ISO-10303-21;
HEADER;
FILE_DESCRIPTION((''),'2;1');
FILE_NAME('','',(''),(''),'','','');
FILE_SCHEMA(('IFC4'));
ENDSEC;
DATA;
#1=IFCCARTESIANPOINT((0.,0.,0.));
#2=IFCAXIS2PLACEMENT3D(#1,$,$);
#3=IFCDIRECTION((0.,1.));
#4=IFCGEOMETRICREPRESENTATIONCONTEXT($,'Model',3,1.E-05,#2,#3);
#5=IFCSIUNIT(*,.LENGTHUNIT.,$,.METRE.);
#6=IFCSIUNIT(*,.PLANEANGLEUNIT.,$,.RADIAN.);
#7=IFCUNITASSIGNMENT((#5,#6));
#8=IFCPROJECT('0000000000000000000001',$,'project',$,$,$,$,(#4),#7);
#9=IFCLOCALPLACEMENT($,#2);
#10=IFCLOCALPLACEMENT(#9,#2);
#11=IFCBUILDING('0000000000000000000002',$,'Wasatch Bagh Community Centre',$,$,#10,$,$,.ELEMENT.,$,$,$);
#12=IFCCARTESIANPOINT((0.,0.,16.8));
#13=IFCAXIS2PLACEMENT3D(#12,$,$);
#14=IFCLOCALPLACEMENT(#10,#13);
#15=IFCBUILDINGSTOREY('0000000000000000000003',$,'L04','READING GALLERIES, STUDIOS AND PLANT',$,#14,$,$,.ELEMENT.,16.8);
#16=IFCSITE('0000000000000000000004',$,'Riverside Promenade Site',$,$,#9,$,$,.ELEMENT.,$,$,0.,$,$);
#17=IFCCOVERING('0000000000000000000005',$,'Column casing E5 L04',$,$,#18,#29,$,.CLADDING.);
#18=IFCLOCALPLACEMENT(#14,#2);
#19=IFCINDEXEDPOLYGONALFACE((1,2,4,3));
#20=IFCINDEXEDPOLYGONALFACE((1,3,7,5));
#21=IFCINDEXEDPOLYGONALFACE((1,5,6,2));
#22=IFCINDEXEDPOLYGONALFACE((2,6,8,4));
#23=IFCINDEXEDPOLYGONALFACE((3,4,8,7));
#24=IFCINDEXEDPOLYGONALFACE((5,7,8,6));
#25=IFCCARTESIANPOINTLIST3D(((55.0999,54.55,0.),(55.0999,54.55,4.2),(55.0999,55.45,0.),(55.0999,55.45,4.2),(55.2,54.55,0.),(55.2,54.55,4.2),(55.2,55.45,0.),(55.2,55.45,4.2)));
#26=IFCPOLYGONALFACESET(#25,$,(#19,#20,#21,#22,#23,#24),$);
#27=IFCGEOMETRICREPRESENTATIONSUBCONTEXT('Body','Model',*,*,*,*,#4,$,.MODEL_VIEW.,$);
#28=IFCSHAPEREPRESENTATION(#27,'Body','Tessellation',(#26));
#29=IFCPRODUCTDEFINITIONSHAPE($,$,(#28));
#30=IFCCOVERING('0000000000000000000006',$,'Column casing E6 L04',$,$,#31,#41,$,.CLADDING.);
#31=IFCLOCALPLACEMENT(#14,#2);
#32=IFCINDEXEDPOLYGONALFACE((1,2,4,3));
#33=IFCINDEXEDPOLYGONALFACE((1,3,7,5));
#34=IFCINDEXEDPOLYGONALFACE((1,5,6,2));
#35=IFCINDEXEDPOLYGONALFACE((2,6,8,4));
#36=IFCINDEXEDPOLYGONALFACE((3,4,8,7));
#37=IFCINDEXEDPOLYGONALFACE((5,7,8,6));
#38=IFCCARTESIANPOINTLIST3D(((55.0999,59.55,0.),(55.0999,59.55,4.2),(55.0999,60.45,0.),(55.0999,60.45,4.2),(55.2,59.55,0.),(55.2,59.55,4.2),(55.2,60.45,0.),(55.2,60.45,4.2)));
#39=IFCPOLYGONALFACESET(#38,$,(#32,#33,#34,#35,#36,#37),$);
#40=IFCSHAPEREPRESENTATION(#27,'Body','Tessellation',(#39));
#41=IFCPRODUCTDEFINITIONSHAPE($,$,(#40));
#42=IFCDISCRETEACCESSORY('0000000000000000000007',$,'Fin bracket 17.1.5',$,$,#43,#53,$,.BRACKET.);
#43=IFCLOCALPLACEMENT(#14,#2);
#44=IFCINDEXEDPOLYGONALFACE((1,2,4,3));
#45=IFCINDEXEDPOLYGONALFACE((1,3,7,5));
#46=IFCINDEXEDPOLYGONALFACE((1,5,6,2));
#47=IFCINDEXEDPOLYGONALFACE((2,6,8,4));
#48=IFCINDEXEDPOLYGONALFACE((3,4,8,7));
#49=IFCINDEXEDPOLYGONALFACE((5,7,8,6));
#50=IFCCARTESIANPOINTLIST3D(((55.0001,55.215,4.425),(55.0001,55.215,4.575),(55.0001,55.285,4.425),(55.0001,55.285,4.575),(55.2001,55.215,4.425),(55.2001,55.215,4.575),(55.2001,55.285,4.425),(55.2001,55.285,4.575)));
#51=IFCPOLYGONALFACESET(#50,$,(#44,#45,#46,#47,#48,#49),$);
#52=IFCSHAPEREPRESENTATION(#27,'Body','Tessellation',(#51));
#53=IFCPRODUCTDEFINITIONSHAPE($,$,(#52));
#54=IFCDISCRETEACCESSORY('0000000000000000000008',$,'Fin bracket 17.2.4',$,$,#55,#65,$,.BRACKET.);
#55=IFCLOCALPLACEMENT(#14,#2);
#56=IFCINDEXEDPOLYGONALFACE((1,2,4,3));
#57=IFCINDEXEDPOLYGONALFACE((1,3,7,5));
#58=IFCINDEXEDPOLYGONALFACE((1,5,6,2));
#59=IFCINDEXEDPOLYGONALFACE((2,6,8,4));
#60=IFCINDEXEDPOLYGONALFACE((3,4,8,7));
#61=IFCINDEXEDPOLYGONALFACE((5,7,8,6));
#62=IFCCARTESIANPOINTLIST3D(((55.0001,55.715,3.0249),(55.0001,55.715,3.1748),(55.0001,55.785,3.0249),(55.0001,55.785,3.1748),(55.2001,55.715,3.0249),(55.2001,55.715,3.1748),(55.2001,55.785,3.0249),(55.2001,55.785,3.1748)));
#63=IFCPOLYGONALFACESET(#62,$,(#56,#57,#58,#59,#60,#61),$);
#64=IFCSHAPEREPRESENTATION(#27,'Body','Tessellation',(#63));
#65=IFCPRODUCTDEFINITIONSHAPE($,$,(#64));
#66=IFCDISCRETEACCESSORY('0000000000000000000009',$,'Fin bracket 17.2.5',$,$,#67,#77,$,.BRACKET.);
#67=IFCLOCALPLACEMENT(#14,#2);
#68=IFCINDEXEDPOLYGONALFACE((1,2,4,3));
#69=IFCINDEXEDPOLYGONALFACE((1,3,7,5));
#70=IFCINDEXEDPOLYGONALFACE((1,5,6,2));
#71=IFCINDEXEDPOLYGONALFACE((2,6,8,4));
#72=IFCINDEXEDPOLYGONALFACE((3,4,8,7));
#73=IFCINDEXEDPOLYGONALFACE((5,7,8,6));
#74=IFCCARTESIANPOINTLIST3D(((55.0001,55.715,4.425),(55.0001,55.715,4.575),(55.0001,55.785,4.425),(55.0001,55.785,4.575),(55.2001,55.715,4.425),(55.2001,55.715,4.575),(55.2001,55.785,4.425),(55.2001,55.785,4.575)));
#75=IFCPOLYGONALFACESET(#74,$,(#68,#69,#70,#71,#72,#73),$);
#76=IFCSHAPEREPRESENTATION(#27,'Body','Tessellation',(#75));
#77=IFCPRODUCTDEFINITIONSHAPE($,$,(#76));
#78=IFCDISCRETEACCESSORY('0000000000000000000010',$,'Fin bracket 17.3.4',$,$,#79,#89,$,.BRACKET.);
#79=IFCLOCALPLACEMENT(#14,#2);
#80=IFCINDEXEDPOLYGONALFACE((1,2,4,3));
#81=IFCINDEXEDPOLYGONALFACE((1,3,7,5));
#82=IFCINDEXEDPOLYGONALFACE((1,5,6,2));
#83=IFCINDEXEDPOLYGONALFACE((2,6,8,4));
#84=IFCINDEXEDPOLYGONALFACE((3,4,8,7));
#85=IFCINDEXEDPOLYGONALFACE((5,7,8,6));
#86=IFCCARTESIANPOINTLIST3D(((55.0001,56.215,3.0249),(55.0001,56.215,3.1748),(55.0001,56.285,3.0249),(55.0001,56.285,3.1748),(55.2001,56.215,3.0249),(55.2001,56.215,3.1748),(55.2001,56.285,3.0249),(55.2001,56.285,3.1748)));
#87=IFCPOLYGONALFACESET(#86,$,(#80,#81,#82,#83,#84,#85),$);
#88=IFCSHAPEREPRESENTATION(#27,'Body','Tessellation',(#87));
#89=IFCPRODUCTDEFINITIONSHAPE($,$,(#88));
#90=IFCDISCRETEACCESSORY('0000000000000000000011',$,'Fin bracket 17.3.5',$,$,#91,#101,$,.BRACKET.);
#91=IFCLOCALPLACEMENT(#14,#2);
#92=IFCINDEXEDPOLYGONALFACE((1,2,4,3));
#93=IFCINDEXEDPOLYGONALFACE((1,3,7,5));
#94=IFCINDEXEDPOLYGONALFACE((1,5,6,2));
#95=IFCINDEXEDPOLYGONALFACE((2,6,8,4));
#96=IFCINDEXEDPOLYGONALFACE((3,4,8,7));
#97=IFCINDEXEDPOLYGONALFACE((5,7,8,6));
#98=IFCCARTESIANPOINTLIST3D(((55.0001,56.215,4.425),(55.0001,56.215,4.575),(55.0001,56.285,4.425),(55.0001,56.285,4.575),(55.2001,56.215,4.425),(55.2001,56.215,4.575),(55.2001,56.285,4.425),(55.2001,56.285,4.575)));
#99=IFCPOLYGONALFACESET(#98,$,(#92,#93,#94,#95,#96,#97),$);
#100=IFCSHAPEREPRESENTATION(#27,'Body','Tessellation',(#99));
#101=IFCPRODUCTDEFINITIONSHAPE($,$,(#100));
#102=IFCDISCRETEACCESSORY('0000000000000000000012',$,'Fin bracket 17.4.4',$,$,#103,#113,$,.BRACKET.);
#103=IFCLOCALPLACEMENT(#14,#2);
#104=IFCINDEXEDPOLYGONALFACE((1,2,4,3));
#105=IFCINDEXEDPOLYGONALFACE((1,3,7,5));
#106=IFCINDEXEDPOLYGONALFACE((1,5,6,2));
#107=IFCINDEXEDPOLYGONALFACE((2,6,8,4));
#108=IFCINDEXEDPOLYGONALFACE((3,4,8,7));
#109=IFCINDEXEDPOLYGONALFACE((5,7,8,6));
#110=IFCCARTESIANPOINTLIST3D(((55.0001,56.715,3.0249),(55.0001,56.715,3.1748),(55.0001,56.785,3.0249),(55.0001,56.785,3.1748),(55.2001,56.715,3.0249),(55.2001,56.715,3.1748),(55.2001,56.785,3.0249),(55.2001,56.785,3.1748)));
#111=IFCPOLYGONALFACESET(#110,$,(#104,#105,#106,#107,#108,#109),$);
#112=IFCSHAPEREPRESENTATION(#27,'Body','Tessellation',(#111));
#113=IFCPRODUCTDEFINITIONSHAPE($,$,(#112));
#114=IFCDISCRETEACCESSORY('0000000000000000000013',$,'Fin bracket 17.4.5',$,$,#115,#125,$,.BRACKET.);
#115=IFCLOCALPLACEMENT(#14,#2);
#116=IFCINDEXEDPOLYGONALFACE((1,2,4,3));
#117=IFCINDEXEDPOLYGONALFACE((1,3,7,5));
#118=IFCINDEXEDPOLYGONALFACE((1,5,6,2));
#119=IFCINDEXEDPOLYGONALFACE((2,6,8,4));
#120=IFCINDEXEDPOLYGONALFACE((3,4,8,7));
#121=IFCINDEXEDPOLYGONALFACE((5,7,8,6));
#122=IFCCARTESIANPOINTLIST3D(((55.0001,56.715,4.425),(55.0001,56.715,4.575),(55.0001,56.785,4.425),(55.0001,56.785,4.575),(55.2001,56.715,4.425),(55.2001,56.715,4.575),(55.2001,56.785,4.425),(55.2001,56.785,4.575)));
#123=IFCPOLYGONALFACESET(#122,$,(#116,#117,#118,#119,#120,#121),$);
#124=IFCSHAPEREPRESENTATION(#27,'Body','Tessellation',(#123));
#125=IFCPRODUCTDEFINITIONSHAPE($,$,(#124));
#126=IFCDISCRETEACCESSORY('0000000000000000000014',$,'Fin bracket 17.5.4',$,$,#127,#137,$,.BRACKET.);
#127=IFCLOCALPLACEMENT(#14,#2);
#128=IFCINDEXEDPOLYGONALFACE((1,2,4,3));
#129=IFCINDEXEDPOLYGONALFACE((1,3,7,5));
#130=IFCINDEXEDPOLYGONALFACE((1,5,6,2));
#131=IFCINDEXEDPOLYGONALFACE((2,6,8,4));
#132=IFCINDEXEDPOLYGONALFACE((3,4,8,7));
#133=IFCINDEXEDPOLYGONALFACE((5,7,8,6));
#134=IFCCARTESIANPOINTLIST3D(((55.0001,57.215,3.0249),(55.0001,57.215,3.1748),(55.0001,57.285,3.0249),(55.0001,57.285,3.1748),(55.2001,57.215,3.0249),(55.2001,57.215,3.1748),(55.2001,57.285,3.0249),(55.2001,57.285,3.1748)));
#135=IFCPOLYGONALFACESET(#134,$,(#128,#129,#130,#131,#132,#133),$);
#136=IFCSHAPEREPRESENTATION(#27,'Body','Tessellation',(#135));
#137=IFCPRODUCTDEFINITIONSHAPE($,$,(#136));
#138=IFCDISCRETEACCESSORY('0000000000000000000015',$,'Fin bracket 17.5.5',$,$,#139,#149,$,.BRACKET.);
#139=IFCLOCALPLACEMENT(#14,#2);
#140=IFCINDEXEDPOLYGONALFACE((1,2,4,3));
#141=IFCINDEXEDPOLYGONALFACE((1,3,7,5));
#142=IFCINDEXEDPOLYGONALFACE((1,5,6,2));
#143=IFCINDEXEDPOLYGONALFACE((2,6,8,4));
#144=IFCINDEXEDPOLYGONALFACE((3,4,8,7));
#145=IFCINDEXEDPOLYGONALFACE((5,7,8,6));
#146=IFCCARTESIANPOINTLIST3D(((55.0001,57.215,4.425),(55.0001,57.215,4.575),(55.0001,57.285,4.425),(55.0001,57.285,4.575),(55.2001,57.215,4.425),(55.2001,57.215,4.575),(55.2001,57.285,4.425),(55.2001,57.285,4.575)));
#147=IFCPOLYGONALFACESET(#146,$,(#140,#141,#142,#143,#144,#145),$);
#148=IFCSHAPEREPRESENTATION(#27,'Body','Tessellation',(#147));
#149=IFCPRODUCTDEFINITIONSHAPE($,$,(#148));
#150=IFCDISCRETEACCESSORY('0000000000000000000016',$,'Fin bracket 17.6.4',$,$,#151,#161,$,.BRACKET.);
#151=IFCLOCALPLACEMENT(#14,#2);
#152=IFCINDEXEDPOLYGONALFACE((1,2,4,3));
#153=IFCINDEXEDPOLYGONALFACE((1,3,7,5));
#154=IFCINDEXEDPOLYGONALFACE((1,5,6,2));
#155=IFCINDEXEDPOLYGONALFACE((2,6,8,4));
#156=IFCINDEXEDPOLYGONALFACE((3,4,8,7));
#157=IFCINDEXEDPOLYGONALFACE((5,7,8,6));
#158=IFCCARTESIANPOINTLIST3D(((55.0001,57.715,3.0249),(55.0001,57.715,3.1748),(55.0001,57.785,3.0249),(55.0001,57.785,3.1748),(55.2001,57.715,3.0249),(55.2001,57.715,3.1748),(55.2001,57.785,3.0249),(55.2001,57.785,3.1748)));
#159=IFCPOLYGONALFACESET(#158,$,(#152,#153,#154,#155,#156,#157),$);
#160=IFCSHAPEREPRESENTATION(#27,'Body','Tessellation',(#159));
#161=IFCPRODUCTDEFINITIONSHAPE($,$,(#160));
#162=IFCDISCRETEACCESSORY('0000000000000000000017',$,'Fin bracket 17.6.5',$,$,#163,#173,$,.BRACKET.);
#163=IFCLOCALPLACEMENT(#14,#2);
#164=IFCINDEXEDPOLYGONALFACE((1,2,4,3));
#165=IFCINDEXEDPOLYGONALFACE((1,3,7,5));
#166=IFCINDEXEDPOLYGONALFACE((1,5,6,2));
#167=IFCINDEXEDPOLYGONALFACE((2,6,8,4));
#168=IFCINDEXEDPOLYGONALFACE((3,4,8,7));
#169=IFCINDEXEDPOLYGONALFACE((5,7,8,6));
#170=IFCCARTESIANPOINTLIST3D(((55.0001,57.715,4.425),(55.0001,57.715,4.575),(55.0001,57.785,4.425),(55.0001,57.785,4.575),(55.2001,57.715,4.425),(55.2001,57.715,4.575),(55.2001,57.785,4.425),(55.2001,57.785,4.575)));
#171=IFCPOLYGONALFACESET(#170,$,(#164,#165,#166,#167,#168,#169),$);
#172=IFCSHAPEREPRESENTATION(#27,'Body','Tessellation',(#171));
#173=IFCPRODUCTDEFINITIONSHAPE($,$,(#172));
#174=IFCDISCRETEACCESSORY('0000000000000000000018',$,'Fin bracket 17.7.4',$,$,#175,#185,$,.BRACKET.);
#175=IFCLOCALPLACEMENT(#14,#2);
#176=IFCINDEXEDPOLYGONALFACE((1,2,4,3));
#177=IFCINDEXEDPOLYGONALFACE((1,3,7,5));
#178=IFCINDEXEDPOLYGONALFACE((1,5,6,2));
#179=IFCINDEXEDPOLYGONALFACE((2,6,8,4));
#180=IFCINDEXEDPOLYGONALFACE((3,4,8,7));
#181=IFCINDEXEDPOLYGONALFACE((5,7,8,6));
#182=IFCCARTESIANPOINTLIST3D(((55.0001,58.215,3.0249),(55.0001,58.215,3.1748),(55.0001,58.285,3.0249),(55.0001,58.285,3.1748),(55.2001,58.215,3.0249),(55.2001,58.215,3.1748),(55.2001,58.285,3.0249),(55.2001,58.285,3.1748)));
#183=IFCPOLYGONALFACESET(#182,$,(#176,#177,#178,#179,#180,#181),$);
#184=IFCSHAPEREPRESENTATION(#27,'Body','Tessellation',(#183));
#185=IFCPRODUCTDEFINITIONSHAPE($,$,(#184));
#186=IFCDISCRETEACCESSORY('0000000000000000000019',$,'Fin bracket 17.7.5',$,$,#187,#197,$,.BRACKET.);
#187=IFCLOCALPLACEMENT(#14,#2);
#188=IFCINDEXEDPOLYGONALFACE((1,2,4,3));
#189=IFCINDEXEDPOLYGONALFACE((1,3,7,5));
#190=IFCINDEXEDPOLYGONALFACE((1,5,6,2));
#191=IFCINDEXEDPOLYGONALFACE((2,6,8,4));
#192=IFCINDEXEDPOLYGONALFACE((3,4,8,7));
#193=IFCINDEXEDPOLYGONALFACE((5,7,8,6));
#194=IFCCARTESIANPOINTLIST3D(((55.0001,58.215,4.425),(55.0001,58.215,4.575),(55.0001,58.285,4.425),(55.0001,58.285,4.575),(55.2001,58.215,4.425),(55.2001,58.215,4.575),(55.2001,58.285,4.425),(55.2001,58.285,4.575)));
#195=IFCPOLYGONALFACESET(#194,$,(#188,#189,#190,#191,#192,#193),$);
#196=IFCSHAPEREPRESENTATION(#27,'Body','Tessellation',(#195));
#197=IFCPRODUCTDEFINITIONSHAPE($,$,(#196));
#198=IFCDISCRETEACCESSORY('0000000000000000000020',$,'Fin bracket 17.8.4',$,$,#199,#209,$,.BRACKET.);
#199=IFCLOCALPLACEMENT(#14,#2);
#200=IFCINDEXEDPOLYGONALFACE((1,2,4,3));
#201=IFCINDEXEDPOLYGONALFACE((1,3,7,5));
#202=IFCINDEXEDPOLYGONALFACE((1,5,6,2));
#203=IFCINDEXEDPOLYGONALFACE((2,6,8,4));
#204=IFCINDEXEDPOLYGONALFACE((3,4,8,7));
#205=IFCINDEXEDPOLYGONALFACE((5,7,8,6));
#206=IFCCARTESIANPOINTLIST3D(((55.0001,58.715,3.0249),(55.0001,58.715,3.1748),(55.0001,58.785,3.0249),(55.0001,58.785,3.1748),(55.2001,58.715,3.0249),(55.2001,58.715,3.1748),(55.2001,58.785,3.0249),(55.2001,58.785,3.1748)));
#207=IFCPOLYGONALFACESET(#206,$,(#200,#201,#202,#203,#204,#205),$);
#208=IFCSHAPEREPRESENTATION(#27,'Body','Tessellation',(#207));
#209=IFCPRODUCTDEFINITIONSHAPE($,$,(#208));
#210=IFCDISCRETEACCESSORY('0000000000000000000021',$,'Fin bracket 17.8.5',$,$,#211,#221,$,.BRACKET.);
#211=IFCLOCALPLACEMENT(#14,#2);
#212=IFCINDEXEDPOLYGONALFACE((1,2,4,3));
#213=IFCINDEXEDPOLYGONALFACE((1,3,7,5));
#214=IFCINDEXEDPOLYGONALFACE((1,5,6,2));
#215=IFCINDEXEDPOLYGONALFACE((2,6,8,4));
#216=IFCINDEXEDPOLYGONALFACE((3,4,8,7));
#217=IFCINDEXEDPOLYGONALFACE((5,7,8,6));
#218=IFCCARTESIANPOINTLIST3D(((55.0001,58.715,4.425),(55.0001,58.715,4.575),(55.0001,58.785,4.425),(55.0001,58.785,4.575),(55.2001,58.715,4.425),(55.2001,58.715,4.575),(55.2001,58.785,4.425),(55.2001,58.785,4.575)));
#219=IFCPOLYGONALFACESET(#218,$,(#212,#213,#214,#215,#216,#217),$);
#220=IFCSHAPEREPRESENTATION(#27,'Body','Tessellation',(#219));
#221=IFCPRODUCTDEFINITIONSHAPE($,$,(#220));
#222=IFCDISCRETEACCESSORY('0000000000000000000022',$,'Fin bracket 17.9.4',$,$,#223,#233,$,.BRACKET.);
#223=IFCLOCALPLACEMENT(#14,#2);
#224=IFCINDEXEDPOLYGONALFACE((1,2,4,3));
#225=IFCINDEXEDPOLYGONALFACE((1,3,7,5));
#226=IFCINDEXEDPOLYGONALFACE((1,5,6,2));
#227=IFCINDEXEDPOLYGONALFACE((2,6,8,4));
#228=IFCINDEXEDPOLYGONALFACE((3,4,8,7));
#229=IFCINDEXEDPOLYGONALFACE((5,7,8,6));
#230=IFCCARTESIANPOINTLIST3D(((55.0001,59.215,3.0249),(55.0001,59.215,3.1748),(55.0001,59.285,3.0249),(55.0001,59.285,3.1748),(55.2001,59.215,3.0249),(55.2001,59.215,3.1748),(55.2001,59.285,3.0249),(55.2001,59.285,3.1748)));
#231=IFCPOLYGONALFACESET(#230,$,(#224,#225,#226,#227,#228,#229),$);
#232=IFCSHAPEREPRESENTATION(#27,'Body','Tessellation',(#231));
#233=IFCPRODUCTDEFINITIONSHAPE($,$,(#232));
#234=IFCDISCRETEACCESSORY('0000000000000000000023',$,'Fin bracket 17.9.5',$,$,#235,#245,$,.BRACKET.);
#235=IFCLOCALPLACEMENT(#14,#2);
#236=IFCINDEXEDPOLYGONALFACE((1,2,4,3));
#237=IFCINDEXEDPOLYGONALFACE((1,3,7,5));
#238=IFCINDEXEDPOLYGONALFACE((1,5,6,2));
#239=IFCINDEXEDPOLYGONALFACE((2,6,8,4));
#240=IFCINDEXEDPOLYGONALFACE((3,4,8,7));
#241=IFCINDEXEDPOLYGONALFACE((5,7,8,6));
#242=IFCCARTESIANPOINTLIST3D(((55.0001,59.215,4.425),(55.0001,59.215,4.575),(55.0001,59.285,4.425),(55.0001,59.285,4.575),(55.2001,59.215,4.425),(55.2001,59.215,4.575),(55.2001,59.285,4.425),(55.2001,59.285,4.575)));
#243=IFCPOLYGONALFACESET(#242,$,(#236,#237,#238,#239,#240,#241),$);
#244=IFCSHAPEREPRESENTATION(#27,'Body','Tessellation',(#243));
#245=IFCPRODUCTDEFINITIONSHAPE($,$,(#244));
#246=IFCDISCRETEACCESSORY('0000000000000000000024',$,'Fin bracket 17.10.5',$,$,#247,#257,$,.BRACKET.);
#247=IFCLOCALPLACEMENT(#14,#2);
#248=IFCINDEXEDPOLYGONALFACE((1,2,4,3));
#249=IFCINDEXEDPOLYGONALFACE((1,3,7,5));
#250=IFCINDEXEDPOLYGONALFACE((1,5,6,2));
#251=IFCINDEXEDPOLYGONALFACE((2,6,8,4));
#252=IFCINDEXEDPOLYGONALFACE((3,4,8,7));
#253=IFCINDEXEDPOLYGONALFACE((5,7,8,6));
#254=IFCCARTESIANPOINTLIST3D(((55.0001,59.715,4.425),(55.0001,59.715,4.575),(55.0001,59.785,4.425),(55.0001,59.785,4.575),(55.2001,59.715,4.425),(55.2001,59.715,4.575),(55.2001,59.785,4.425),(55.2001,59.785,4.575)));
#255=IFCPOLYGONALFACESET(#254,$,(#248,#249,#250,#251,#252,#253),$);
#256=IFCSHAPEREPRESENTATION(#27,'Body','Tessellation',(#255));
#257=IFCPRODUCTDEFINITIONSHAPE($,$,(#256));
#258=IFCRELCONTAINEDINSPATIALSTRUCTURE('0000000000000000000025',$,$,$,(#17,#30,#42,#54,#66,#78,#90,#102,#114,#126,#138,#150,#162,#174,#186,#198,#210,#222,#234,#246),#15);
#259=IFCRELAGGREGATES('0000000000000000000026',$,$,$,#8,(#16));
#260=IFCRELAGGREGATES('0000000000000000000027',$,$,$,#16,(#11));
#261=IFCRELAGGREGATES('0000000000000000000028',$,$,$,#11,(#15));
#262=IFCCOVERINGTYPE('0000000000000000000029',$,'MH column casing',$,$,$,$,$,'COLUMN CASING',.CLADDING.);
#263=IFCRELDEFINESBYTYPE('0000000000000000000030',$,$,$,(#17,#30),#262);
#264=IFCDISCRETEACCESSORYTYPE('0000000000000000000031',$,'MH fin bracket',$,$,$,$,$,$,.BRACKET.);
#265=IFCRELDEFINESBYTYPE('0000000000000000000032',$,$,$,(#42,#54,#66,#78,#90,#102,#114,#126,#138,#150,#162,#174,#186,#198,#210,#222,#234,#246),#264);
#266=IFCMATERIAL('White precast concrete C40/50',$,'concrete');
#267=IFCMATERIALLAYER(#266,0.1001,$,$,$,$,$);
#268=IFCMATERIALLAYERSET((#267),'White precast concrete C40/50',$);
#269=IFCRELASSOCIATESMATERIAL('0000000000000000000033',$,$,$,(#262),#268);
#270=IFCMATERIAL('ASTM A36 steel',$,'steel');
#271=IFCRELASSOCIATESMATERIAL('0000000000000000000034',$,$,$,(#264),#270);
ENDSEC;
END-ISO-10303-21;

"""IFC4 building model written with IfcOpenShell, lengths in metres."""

from ifc_helpers import new_model, si_unit, direction, frame, origin, origin_2d, place, context, subcontext, project, spatial, rectangle, extrude, material, layer, layer_set, type_object, element, save


model = new_model("IFC4")

# Units and contexts
model_context = context("Model", 3, precision=1e-05, world=origin(), true_north=direction((0.0, 1.0)))
body_context = subcontext(model_context, "Body", "Model", "MODEL_VIEW")
ifc_project = project(units=[si_unit("LENGTHUNIT", "METRE"), si_unit("PLANEANGLEUNIT", "RADIAN")], contexts=[model_context])

# Site, building, storey
site_placement = place(None, origin())
site = spatial("IfcSite", under=ifc_project, at=site_placement, Name="Riverside Promenade Site", CompositionType="ELEMENT", RefElevation=0.0)
building_placement = place(site_placement, origin())
building = spatial("IfcBuilding", under=site, at=building_placement, Name="Wasatch Bagh Community Centre", CompositionType="ELEMENT")
storey_placement = place(building_placement, frame((0.0, 0.0, 16.8)))
storey = spatial("IfcBuildingStorey", under=building, at=storey_placement, Name="L04", Description="READING GALLERIES, STUDIOS AND PLANT", CompositionType="ELEMENT", Elevation=16.8)

# Coverings
ifc_material_1 = material(Name="White precast concrete C40/50", Category="concrete")
ifc_layer_1 = layer(ifc_material_1, 0.1001)
ifc_layer_set_1 = layer_set([ifc_layer_1], Name="White precast concrete C40/50")
covering_type = type_object("IfcCoveringType", Name="MH column casing", ElementType="COLUMN CASING", PredefinedType="CLADDING", material=ifc_layer_set_1)
for number, where, z_axis, x_axis, name in (
    (1, (55.1499, 55.0, 0.0), (0.0, 0.0, 1.0), (0.0, 1.0, 0.0), "Column casing E5 L04"),
    (2, (55.1499, 60.0, 0.0), (0.0, 0.0, 1.0), (0.0, 1.0, 0.0), "Column casing E6 L04"),
):
    element("IfcCovering", number, at=place(storey_placement, frame(where, z_axis=z_axis, x_axis=x_axis)), inside=storey, type_object=covering_type, Name=name, PredefinedType="CLADDING", context=body_context, shape_type="SweptSolid", body=[
        extrude(rectangle(XDim=0.8999, YDim=0.1001, at=origin_2d()), origin(), (0.0, 0.0, 1.0), 4.2),
    ])

# Discrete accessories
ifc_material_2 = material(Name="ASTM A36 steel", Category="steel")
discrete_accessory_type = type_object("IfcDiscreteAccessoryType", Name="MH fin bracket", PredefinedType="BRACKET", material=ifc_material_2)
for number, where, z_axis, x_axis, name in (
    (3, (55.1001, 55.25, 4.425), (0.0, 0.0, 1.0), (0.0, 1.0, 0.0), "Fin bracket 17.1.5"),
    (4, (55.1001, 55.75, 3.0249), (0.0, 0.0, 1.0), (0.0, 1.0, 0.0), "Fin bracket 17.2.4"),
    (5, (55.1001, 55.75, 4.425), (0.0, 0.0, 1.0), (0.0, 1.0, 0.0), "Fin bracket 17.2.5"),
    (6, (55.1001, 56.25, 3.0249), (0.0, 0.0, 1.0), (0.0, 1.0, 0.0), "Fin bracket 17.3.4"),
    (7, (55.1001, 56.25, 4.425), (0.0, 0.0, 1.0), (0.0, 1.0, 0.0), "Fin bracket 17.3.5"),
    (8, (55.1001, 56.75, 3.0249), (0.0, 0.0, 1.0), (0.0, 1.0, 0.0), "Fin bracket 17.4.4"),
    (9, (55.1001, 56.75, 4.425), (0.0, 0.0, 1.0), (0.0, 1.0, 0.0), "Fin bracket 17.4.5"),
    (10, (55.1001, 57.25, 3.0249), (0.0, 0.0, 1.0), (0.0, 1.0, 0.0), "Fin bracket 17.5.4"),
    (11, (55.1001, 57.25, 4.425), (0.0, 0.0, 1.0), (0.0, 1.0, 0.0), "Fin bracket 17.5.5"),
    (12, (55.1001, 57.75, 3.0249), (0.0, 0.0, 1.0), (0.0, 1.0, 0.0), "Fin bracket 17.6.4"),
    (13, (55.1001, 57.75, 4.425), (0.0, 0.0, 1.0), (0.0, 1.0, 0.0), "Fin bracket 17.6.5"),
    (14, (55.1001, 58.25, 3.0249), (0.0, 0.0, 1.0), (0.0, 1.0, 0.0), "Fin bracket 17.7.4"),
    (15, (55.1001, 58.25, 4.425), (0.0, 0.0, 1.0), (0.0, 1.0, 0.0), "Fin bracket 17.7.5"),
    (16, (55.1001, 58.75, 3.0249), (0.0, 0.0, 1.0), (0.0, 1.0, 0.0), "Fin bracket 17.8.4"),
    (17, (55.1001, 58.75, 4.425), (0.0, 0.0, 1.0), (0.0, 1.0, 0.0), "Fin bracket 17.8.5"),
    (18, (55.1001, 59.25, 3.0249), (0.0, 0.0, 1.0), (0.0, 1.0, 0.0), "Fin bracket 17.9.4"),
    (19, (55.1001, 59.25, 4.425), (0.0, 0.0, 1.0), (0.0, 1.0, 0.0), "Fin bracket 17.9.5"),
    (20, (55.1001, 59.75, 4.425), (0.0, 0.0, 1.0), (0.0, 1.0, 0.0), "Fin bracket 17.10.5"),
):
    element("IfcDiscreteAccessory", number, at=place(storey_placement, frame(where, z_axis=z_axis, x_axis=x_axis)), inside=storey, type_object=discrete_accessory_type, Name=name, PredefinedType="BRACKET", context=body_context, shape_type="SweptSolid", body=[
        extrude(rectangle(XDim=0.0701, YDim=0.2, at=origin_2d()), origin(), (0.0, 0.0, 1.0), 0.1499),
    ])

save(model, "model.ifc")
